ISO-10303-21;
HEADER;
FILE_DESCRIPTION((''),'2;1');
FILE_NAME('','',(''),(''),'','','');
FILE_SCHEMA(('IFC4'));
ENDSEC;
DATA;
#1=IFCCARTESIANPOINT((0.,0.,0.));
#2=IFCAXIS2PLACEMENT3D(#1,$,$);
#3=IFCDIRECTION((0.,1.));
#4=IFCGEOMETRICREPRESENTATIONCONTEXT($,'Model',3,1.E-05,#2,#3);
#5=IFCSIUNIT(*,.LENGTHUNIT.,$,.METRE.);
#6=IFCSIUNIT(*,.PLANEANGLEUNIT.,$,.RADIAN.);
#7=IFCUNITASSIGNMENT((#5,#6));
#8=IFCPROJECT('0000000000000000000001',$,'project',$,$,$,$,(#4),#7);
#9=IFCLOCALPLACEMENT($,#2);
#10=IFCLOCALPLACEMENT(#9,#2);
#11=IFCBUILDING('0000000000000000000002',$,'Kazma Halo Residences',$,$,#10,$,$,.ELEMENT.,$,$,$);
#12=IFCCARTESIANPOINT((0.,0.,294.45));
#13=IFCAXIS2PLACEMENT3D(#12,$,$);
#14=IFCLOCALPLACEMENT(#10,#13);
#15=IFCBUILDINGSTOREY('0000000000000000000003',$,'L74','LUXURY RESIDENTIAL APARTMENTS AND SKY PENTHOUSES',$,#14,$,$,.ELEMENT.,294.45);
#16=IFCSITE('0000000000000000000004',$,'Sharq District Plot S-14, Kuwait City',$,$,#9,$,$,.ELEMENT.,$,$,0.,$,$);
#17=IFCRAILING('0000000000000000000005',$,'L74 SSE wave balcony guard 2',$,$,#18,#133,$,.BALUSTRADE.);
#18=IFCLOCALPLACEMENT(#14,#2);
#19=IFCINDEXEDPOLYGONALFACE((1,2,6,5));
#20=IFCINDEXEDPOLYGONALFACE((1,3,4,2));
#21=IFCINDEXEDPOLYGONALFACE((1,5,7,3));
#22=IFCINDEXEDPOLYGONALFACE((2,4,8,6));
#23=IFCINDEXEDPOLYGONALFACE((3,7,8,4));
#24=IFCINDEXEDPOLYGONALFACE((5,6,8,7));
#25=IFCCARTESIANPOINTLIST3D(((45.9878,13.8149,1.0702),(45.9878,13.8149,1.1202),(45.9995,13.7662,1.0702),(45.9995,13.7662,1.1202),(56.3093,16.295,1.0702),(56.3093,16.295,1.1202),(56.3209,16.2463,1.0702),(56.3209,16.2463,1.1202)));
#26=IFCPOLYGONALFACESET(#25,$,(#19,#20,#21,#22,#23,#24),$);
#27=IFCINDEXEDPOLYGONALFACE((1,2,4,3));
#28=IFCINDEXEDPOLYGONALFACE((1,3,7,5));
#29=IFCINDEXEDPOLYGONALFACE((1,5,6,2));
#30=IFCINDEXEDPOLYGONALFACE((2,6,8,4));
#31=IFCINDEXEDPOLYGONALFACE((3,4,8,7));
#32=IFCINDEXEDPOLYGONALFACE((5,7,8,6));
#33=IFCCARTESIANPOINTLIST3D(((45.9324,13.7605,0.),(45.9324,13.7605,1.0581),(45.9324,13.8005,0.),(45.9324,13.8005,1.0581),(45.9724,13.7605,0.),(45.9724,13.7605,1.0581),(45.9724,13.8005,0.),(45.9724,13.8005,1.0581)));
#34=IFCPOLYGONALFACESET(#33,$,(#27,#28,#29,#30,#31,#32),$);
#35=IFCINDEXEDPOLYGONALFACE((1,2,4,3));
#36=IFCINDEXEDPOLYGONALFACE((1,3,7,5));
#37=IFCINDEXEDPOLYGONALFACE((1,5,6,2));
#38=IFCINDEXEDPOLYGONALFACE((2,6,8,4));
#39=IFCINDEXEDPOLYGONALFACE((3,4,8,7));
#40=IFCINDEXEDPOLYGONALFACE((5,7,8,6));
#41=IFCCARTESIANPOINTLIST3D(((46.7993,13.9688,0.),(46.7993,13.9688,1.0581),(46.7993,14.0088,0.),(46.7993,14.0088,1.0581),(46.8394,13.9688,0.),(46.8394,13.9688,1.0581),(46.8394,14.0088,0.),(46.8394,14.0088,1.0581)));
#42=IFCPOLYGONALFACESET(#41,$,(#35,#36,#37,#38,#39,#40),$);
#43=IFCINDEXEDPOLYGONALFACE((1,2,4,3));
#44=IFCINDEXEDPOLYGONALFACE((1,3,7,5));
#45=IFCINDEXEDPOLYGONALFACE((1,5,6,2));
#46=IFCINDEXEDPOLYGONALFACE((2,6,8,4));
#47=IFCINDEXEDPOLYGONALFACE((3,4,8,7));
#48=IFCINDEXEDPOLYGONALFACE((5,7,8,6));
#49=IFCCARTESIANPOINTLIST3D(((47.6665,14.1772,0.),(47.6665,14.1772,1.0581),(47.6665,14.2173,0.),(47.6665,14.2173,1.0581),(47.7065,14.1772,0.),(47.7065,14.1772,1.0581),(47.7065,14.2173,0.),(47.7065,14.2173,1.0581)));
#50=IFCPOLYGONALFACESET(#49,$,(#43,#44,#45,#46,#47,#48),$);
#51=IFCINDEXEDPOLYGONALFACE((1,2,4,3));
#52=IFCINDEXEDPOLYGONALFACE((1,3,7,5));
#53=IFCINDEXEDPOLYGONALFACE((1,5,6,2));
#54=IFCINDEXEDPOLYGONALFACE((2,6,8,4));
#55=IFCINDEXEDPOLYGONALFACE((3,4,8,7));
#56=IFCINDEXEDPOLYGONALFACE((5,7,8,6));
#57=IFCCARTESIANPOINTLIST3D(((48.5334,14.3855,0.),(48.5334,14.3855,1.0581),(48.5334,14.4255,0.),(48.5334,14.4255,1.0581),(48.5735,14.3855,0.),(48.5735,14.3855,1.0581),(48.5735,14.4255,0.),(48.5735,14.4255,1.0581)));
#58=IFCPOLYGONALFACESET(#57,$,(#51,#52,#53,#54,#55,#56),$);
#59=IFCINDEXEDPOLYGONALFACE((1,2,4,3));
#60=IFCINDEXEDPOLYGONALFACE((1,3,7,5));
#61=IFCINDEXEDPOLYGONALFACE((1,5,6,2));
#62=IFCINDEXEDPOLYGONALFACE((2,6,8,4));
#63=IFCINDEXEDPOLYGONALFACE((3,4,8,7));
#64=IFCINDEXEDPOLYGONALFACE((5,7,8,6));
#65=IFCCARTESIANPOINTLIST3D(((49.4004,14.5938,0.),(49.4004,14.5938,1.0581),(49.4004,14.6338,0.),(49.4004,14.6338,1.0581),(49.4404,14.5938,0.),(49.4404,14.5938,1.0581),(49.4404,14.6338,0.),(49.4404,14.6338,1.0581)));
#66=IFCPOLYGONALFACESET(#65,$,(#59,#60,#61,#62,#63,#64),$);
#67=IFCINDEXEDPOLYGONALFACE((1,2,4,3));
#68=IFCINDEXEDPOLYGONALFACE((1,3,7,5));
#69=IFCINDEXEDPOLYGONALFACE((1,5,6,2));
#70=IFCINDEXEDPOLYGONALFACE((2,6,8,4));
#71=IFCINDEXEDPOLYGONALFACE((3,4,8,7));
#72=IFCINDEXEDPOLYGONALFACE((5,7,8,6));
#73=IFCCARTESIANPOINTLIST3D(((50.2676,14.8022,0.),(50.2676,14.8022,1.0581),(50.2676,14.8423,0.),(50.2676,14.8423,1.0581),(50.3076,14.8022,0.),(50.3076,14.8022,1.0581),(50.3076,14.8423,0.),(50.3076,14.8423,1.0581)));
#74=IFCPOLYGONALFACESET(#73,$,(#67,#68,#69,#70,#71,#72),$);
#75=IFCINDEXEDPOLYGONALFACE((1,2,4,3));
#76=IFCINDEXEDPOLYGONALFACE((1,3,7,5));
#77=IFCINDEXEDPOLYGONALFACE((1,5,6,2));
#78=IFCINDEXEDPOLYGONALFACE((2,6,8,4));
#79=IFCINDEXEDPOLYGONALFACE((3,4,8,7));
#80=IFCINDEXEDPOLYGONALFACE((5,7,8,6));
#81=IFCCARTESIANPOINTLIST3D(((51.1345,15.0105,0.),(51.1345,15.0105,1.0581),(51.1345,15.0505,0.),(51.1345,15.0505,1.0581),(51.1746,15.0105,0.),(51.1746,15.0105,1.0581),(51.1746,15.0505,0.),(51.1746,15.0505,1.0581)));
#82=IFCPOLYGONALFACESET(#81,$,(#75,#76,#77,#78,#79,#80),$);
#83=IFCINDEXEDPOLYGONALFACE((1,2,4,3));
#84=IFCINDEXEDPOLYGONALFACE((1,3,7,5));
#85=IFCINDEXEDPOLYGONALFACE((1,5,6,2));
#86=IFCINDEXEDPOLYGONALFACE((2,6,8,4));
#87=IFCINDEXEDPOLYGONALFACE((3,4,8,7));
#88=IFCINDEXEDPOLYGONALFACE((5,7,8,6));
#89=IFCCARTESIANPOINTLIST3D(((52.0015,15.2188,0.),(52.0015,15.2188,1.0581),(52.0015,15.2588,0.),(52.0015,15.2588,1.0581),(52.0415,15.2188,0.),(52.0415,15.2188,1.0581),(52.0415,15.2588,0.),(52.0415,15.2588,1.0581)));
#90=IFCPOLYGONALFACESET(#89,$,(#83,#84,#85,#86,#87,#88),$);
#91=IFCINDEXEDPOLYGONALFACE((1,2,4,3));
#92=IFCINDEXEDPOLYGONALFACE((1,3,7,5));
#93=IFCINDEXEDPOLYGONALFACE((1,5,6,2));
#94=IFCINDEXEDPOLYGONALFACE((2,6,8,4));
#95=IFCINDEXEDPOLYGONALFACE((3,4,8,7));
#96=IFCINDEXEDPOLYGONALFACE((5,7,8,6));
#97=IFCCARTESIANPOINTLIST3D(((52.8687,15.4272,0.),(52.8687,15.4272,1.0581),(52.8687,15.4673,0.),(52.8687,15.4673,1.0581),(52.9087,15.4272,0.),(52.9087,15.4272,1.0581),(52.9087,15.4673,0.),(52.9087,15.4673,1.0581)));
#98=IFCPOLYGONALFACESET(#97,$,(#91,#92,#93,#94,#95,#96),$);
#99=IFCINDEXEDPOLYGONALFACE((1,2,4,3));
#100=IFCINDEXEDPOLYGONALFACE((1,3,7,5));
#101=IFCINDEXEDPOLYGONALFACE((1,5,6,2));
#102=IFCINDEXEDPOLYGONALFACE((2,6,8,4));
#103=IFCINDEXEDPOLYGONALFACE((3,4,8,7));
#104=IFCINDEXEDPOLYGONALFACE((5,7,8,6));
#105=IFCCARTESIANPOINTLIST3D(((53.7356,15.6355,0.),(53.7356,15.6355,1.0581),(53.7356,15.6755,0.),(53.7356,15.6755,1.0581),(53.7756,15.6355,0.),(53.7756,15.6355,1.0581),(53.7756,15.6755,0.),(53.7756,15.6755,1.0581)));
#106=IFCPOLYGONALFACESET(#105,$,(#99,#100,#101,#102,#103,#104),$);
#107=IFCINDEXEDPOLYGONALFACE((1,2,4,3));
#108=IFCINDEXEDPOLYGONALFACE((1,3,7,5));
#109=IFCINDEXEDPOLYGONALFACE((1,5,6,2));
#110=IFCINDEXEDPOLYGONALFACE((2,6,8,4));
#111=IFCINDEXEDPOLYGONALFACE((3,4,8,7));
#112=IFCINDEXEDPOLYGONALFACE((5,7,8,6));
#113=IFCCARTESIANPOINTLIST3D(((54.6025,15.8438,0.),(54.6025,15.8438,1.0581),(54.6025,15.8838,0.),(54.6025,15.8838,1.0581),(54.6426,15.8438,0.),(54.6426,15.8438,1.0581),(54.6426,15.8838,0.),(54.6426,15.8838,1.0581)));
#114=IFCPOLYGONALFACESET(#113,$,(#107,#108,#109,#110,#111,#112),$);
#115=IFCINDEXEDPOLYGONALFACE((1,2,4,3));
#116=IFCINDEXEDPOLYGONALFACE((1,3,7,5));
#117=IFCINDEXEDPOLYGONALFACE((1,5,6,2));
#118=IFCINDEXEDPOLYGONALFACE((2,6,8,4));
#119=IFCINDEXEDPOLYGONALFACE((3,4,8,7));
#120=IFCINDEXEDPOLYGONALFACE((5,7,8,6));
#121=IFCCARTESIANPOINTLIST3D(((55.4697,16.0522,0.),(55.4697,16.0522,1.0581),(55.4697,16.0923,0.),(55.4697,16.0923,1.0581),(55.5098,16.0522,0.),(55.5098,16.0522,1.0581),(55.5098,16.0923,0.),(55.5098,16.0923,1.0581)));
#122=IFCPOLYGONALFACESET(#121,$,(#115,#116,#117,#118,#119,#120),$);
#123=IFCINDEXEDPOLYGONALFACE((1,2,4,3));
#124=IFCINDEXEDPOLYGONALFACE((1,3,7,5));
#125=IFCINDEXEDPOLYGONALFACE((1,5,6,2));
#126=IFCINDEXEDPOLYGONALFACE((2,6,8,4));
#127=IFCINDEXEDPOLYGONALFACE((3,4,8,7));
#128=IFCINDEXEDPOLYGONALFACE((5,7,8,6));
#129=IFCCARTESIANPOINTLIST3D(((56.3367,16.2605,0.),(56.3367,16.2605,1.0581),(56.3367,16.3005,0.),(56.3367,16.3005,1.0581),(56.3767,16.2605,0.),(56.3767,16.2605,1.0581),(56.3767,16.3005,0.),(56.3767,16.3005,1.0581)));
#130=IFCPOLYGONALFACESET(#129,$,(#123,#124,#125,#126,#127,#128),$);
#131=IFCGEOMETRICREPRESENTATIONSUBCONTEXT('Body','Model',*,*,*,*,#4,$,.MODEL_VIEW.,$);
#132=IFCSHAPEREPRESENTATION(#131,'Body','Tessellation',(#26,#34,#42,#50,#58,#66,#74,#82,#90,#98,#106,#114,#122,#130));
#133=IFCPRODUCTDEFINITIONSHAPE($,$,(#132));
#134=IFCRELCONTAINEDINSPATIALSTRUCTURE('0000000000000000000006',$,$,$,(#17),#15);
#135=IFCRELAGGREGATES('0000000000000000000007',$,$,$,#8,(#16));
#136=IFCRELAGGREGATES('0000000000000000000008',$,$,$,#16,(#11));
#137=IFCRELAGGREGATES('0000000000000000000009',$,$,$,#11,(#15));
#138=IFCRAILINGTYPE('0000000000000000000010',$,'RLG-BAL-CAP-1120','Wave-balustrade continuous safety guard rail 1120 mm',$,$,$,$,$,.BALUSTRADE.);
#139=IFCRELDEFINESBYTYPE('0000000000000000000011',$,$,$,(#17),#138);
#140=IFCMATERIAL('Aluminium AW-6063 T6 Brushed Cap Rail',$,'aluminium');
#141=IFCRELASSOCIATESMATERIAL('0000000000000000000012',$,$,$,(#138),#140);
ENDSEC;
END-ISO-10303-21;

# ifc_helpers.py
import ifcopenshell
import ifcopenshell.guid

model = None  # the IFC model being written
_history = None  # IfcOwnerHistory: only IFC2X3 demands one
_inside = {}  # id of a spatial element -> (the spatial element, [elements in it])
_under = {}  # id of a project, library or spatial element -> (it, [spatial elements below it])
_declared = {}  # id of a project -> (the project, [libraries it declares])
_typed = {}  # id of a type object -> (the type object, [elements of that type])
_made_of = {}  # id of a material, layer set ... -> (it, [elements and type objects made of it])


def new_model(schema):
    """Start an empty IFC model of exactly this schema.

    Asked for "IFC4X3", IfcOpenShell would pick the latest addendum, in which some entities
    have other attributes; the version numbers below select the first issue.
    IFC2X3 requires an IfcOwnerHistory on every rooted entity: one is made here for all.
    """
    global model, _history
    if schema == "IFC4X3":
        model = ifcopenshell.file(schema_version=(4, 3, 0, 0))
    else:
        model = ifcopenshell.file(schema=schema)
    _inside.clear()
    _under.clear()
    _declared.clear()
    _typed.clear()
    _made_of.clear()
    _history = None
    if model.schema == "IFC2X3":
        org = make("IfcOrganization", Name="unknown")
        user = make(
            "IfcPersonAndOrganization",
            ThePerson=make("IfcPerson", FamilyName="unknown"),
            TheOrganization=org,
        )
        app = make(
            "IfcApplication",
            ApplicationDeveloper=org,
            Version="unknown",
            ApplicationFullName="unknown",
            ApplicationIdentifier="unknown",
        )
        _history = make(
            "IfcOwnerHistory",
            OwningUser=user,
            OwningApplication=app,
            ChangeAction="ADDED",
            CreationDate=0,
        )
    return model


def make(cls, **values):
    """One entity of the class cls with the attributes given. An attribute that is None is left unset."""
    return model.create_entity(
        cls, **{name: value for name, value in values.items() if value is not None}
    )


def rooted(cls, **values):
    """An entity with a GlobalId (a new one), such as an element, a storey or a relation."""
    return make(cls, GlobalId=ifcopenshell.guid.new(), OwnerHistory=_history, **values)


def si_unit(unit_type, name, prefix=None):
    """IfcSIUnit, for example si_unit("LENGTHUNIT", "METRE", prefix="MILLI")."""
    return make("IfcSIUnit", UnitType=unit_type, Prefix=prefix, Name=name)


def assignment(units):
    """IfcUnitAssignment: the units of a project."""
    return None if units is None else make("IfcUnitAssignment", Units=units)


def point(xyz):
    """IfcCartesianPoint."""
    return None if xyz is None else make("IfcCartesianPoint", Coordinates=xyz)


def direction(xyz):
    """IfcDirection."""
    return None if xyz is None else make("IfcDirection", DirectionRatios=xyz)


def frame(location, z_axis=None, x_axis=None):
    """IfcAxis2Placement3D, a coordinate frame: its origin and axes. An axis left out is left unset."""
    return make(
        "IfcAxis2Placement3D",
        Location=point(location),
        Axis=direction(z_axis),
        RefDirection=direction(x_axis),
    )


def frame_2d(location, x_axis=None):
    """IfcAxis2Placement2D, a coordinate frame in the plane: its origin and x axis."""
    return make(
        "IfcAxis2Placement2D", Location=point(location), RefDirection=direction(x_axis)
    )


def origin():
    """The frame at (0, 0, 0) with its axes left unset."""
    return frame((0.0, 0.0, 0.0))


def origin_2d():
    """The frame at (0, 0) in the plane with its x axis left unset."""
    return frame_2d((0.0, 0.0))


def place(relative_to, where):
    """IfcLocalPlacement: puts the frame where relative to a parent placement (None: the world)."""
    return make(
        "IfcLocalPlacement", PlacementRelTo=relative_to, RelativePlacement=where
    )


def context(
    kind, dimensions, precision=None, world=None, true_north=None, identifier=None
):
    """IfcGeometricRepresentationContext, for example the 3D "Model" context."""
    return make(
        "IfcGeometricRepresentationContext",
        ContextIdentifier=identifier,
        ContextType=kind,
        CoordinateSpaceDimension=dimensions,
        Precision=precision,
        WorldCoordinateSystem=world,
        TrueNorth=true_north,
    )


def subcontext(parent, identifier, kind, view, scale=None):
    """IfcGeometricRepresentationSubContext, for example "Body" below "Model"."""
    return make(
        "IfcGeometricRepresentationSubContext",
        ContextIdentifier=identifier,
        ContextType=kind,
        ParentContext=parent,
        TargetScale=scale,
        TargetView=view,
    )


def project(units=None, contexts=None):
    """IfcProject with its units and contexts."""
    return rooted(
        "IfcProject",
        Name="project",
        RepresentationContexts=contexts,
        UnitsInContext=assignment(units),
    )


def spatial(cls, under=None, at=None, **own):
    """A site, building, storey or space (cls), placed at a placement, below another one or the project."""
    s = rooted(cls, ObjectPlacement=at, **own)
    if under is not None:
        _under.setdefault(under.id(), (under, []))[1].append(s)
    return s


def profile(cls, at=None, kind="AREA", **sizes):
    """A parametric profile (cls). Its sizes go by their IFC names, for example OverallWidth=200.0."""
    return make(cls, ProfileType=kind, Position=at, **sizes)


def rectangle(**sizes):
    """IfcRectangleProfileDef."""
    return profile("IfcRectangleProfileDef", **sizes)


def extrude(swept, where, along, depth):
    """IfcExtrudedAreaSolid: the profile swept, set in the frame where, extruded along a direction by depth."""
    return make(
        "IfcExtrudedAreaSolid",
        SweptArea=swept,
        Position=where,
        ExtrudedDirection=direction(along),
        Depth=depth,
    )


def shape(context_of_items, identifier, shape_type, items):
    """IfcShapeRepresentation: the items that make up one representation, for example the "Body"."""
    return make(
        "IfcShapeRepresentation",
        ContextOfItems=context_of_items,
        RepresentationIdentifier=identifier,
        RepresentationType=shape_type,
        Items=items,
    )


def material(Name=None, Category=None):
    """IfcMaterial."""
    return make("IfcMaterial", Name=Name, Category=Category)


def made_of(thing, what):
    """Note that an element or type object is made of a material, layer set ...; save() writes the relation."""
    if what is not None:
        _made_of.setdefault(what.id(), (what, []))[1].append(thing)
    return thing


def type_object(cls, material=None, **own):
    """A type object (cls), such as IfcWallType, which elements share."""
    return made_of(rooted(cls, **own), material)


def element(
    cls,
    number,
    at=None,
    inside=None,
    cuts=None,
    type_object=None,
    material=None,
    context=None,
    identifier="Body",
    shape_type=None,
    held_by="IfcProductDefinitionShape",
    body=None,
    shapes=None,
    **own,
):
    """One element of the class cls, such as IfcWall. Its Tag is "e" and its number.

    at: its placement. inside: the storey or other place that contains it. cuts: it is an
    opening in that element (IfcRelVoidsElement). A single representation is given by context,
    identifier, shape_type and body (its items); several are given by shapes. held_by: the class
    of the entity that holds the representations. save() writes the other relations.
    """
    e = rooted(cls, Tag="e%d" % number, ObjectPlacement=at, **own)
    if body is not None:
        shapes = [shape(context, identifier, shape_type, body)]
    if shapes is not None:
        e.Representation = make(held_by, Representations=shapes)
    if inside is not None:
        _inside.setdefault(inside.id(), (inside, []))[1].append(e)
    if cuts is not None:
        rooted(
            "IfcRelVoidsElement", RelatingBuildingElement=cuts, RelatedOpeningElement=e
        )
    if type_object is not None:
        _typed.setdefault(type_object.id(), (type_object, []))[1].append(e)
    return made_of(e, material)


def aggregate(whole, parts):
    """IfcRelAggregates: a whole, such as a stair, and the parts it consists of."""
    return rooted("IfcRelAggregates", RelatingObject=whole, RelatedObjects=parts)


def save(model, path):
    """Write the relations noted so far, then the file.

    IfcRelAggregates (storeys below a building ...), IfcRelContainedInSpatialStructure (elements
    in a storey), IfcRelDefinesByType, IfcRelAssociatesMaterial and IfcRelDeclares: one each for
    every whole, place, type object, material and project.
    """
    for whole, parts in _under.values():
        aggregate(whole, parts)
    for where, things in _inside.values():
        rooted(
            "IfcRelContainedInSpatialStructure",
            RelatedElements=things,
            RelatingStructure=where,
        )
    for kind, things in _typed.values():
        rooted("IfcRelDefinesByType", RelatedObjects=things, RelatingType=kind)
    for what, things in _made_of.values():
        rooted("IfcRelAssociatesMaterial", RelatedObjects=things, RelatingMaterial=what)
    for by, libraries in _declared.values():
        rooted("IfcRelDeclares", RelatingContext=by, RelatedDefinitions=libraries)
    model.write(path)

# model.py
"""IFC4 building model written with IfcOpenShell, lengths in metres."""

from ifc_helpers import new_model, si_unit, direction, frame, origin, origin_2d, place, context, subcontext, project, spatial, rectangle, extrude, material, type_object, element, save


model = new_model("IFC4")

# Units and contexts
model_context = context("Model", 3, precision=1e-05, world=origin(), true_north=direction((0.0, 1.0)))
body_context = subcontext(model_context, "Body", "Model", "MODEL_VIEW")
ifc_project = project(units=[si_unit("LENGTHUNIT", "METRE"), si_unit("PLANEANGLEUNIT", "RADIAN")], contexts=[model_context])

# Site, building, storey
site_placement = place(None, origin())
site = spatial("IfcSite", under=ifc_project, at=site_placement, Name="Sharq District Plot S-14, Kuwait City", CompositionType="ELEMENT", RefElevation=0.0)
building_placement = place(site_placement, origin())
building = spatial("IfcBuilding", under=site, at=building_placement, Name="Kazma Halo Residences", CompositionType="ELEMENT")
storey_placement = place(building_placement, frame((0.0, 0.0, 294.45)))
storey = spatial("IfcBuildingStorey", under=building, at=storey_placement, Name="L74", Description="LUXURY RESIDENTIAL APARTMENTS AND SKY PENTHOUSES", CompositionType="ELEMENT", Elevation=294.45)

# Railing
ifc_material_1 = material(Name="Aluminium AW-6063 T6 Brushed Cap Rail", Category="aluminium")
railing_type = type_object("IfcRailingType", Name="RLG-BAL-CAP-1120", Description="Wave-balustrade continuous safety guard rail 1120 mm", PredefinedType="BALUSTRADE", material=ifc_material_1)
railing_1_placement = place(storey_placement, frame((45.9524, 13.7805, 0.0)))
element("IfcRailing", 1, at=railing_1_placement, inside=storey, type_object=railing_type, Name="L74 SSE wave balcony guard 2", PredefinedType="BALUSTRADE", context=body_context, shape_type="SweptSolid", body=[
    extrude(rectangle(XDim=0.05, YDim=0.05, at=origin_2d()), frame((0.0413, 0.01, 1.0952), z_axis=(0.972324, 0.233635, 0.0), x_axis=(-0.233635, 0.972324, 0.0)), (0.0, 0.0, 1.0), 10.6152),
    extrude(rectangle(XDim=0.04, YDim=0.04, at=origin_2d()), origin(), (0.0, 0.0, 1.0), 1.0581),
    extrude(rectangle(XDim=0.04, YDim=0.04, at=origin_2d()), frame((0.8669, 0.2083, 0.0)), (0.0, 0.0, 1.0), 1.0581),
    extrude(rectangle(XDim=0.04, YDim=0.04, at=origin_2d()), frame((1.7341, 0.4167, 0.0)), (0.0, 0.0, 1.0), 1.0581),
    extrude(rectangle(XDim=0.04, YDim=0.04, at=origin_2d()), frame((2.6011, 0.625, 0.0)), (0.0, 0.0, 1.0), 1.0581),
    extrude(rectangle(XDim=0.04, YDim=0.04, at=origin_2d()), frame((3.468, 0.8333, 0.0)), (0.0, 0.0, 1.0), 1.0581),
    extrude(rectangle(XDim=0.04, YDim=0.04, at=origin_2d()), frame((4.3352, 1.0417, 0.0)), (0.0, 0.0, 1.0), 1.0581),
    extrude(rectangle(XDim=0.04, YDim=0.04, at=origin_2d()), frame((5.2021, 1.25, 0.0)), (0.0, 0.0, 1.0), 1.0581),
    extrude(rectangle(XDim=0.04, YDim=0.04, at=origin_2d()), frame((6.0691, 1.4583, 0.0)), (0.0, 0.0, 1.0), 1.0581),
    extrude(rectangle(XDim=0.04, YDim=0.04, at=origin_2d()), frame((6.9363, 1.6667, 0.0)), (0.0, 0.0, 1.0), 1.0581),
    extrude(rectangle(XDim=0.04, YDim=0.04, at=origin_2d()), frame((7.8032, 1.875, 0.0)), (0.0, 0.0, 1.0), 1.0581),
    extrude(rectangle(XDim=0.04, YDim=0.04, at=origin_2d()), frame((8.6702, 2.0833, 0.0)), (0.0, 0.0, 1.0), 1.0581),
    extrude(rectangle(XDim=0.04, YDim=0.04, at=origin_2d()), frame((9.5374, 2.2917, 0.0)), (0.0, 0.0, 1.0), 1.0581),
    extrude(rectangle(XDim=0.04, YDim=0.04, at=origin_2d()), frame((10.4043, 2.5, 0.0)), (0.0, 0.0, 1.0), 1.0581),
])

save(model, "model.ifc")
